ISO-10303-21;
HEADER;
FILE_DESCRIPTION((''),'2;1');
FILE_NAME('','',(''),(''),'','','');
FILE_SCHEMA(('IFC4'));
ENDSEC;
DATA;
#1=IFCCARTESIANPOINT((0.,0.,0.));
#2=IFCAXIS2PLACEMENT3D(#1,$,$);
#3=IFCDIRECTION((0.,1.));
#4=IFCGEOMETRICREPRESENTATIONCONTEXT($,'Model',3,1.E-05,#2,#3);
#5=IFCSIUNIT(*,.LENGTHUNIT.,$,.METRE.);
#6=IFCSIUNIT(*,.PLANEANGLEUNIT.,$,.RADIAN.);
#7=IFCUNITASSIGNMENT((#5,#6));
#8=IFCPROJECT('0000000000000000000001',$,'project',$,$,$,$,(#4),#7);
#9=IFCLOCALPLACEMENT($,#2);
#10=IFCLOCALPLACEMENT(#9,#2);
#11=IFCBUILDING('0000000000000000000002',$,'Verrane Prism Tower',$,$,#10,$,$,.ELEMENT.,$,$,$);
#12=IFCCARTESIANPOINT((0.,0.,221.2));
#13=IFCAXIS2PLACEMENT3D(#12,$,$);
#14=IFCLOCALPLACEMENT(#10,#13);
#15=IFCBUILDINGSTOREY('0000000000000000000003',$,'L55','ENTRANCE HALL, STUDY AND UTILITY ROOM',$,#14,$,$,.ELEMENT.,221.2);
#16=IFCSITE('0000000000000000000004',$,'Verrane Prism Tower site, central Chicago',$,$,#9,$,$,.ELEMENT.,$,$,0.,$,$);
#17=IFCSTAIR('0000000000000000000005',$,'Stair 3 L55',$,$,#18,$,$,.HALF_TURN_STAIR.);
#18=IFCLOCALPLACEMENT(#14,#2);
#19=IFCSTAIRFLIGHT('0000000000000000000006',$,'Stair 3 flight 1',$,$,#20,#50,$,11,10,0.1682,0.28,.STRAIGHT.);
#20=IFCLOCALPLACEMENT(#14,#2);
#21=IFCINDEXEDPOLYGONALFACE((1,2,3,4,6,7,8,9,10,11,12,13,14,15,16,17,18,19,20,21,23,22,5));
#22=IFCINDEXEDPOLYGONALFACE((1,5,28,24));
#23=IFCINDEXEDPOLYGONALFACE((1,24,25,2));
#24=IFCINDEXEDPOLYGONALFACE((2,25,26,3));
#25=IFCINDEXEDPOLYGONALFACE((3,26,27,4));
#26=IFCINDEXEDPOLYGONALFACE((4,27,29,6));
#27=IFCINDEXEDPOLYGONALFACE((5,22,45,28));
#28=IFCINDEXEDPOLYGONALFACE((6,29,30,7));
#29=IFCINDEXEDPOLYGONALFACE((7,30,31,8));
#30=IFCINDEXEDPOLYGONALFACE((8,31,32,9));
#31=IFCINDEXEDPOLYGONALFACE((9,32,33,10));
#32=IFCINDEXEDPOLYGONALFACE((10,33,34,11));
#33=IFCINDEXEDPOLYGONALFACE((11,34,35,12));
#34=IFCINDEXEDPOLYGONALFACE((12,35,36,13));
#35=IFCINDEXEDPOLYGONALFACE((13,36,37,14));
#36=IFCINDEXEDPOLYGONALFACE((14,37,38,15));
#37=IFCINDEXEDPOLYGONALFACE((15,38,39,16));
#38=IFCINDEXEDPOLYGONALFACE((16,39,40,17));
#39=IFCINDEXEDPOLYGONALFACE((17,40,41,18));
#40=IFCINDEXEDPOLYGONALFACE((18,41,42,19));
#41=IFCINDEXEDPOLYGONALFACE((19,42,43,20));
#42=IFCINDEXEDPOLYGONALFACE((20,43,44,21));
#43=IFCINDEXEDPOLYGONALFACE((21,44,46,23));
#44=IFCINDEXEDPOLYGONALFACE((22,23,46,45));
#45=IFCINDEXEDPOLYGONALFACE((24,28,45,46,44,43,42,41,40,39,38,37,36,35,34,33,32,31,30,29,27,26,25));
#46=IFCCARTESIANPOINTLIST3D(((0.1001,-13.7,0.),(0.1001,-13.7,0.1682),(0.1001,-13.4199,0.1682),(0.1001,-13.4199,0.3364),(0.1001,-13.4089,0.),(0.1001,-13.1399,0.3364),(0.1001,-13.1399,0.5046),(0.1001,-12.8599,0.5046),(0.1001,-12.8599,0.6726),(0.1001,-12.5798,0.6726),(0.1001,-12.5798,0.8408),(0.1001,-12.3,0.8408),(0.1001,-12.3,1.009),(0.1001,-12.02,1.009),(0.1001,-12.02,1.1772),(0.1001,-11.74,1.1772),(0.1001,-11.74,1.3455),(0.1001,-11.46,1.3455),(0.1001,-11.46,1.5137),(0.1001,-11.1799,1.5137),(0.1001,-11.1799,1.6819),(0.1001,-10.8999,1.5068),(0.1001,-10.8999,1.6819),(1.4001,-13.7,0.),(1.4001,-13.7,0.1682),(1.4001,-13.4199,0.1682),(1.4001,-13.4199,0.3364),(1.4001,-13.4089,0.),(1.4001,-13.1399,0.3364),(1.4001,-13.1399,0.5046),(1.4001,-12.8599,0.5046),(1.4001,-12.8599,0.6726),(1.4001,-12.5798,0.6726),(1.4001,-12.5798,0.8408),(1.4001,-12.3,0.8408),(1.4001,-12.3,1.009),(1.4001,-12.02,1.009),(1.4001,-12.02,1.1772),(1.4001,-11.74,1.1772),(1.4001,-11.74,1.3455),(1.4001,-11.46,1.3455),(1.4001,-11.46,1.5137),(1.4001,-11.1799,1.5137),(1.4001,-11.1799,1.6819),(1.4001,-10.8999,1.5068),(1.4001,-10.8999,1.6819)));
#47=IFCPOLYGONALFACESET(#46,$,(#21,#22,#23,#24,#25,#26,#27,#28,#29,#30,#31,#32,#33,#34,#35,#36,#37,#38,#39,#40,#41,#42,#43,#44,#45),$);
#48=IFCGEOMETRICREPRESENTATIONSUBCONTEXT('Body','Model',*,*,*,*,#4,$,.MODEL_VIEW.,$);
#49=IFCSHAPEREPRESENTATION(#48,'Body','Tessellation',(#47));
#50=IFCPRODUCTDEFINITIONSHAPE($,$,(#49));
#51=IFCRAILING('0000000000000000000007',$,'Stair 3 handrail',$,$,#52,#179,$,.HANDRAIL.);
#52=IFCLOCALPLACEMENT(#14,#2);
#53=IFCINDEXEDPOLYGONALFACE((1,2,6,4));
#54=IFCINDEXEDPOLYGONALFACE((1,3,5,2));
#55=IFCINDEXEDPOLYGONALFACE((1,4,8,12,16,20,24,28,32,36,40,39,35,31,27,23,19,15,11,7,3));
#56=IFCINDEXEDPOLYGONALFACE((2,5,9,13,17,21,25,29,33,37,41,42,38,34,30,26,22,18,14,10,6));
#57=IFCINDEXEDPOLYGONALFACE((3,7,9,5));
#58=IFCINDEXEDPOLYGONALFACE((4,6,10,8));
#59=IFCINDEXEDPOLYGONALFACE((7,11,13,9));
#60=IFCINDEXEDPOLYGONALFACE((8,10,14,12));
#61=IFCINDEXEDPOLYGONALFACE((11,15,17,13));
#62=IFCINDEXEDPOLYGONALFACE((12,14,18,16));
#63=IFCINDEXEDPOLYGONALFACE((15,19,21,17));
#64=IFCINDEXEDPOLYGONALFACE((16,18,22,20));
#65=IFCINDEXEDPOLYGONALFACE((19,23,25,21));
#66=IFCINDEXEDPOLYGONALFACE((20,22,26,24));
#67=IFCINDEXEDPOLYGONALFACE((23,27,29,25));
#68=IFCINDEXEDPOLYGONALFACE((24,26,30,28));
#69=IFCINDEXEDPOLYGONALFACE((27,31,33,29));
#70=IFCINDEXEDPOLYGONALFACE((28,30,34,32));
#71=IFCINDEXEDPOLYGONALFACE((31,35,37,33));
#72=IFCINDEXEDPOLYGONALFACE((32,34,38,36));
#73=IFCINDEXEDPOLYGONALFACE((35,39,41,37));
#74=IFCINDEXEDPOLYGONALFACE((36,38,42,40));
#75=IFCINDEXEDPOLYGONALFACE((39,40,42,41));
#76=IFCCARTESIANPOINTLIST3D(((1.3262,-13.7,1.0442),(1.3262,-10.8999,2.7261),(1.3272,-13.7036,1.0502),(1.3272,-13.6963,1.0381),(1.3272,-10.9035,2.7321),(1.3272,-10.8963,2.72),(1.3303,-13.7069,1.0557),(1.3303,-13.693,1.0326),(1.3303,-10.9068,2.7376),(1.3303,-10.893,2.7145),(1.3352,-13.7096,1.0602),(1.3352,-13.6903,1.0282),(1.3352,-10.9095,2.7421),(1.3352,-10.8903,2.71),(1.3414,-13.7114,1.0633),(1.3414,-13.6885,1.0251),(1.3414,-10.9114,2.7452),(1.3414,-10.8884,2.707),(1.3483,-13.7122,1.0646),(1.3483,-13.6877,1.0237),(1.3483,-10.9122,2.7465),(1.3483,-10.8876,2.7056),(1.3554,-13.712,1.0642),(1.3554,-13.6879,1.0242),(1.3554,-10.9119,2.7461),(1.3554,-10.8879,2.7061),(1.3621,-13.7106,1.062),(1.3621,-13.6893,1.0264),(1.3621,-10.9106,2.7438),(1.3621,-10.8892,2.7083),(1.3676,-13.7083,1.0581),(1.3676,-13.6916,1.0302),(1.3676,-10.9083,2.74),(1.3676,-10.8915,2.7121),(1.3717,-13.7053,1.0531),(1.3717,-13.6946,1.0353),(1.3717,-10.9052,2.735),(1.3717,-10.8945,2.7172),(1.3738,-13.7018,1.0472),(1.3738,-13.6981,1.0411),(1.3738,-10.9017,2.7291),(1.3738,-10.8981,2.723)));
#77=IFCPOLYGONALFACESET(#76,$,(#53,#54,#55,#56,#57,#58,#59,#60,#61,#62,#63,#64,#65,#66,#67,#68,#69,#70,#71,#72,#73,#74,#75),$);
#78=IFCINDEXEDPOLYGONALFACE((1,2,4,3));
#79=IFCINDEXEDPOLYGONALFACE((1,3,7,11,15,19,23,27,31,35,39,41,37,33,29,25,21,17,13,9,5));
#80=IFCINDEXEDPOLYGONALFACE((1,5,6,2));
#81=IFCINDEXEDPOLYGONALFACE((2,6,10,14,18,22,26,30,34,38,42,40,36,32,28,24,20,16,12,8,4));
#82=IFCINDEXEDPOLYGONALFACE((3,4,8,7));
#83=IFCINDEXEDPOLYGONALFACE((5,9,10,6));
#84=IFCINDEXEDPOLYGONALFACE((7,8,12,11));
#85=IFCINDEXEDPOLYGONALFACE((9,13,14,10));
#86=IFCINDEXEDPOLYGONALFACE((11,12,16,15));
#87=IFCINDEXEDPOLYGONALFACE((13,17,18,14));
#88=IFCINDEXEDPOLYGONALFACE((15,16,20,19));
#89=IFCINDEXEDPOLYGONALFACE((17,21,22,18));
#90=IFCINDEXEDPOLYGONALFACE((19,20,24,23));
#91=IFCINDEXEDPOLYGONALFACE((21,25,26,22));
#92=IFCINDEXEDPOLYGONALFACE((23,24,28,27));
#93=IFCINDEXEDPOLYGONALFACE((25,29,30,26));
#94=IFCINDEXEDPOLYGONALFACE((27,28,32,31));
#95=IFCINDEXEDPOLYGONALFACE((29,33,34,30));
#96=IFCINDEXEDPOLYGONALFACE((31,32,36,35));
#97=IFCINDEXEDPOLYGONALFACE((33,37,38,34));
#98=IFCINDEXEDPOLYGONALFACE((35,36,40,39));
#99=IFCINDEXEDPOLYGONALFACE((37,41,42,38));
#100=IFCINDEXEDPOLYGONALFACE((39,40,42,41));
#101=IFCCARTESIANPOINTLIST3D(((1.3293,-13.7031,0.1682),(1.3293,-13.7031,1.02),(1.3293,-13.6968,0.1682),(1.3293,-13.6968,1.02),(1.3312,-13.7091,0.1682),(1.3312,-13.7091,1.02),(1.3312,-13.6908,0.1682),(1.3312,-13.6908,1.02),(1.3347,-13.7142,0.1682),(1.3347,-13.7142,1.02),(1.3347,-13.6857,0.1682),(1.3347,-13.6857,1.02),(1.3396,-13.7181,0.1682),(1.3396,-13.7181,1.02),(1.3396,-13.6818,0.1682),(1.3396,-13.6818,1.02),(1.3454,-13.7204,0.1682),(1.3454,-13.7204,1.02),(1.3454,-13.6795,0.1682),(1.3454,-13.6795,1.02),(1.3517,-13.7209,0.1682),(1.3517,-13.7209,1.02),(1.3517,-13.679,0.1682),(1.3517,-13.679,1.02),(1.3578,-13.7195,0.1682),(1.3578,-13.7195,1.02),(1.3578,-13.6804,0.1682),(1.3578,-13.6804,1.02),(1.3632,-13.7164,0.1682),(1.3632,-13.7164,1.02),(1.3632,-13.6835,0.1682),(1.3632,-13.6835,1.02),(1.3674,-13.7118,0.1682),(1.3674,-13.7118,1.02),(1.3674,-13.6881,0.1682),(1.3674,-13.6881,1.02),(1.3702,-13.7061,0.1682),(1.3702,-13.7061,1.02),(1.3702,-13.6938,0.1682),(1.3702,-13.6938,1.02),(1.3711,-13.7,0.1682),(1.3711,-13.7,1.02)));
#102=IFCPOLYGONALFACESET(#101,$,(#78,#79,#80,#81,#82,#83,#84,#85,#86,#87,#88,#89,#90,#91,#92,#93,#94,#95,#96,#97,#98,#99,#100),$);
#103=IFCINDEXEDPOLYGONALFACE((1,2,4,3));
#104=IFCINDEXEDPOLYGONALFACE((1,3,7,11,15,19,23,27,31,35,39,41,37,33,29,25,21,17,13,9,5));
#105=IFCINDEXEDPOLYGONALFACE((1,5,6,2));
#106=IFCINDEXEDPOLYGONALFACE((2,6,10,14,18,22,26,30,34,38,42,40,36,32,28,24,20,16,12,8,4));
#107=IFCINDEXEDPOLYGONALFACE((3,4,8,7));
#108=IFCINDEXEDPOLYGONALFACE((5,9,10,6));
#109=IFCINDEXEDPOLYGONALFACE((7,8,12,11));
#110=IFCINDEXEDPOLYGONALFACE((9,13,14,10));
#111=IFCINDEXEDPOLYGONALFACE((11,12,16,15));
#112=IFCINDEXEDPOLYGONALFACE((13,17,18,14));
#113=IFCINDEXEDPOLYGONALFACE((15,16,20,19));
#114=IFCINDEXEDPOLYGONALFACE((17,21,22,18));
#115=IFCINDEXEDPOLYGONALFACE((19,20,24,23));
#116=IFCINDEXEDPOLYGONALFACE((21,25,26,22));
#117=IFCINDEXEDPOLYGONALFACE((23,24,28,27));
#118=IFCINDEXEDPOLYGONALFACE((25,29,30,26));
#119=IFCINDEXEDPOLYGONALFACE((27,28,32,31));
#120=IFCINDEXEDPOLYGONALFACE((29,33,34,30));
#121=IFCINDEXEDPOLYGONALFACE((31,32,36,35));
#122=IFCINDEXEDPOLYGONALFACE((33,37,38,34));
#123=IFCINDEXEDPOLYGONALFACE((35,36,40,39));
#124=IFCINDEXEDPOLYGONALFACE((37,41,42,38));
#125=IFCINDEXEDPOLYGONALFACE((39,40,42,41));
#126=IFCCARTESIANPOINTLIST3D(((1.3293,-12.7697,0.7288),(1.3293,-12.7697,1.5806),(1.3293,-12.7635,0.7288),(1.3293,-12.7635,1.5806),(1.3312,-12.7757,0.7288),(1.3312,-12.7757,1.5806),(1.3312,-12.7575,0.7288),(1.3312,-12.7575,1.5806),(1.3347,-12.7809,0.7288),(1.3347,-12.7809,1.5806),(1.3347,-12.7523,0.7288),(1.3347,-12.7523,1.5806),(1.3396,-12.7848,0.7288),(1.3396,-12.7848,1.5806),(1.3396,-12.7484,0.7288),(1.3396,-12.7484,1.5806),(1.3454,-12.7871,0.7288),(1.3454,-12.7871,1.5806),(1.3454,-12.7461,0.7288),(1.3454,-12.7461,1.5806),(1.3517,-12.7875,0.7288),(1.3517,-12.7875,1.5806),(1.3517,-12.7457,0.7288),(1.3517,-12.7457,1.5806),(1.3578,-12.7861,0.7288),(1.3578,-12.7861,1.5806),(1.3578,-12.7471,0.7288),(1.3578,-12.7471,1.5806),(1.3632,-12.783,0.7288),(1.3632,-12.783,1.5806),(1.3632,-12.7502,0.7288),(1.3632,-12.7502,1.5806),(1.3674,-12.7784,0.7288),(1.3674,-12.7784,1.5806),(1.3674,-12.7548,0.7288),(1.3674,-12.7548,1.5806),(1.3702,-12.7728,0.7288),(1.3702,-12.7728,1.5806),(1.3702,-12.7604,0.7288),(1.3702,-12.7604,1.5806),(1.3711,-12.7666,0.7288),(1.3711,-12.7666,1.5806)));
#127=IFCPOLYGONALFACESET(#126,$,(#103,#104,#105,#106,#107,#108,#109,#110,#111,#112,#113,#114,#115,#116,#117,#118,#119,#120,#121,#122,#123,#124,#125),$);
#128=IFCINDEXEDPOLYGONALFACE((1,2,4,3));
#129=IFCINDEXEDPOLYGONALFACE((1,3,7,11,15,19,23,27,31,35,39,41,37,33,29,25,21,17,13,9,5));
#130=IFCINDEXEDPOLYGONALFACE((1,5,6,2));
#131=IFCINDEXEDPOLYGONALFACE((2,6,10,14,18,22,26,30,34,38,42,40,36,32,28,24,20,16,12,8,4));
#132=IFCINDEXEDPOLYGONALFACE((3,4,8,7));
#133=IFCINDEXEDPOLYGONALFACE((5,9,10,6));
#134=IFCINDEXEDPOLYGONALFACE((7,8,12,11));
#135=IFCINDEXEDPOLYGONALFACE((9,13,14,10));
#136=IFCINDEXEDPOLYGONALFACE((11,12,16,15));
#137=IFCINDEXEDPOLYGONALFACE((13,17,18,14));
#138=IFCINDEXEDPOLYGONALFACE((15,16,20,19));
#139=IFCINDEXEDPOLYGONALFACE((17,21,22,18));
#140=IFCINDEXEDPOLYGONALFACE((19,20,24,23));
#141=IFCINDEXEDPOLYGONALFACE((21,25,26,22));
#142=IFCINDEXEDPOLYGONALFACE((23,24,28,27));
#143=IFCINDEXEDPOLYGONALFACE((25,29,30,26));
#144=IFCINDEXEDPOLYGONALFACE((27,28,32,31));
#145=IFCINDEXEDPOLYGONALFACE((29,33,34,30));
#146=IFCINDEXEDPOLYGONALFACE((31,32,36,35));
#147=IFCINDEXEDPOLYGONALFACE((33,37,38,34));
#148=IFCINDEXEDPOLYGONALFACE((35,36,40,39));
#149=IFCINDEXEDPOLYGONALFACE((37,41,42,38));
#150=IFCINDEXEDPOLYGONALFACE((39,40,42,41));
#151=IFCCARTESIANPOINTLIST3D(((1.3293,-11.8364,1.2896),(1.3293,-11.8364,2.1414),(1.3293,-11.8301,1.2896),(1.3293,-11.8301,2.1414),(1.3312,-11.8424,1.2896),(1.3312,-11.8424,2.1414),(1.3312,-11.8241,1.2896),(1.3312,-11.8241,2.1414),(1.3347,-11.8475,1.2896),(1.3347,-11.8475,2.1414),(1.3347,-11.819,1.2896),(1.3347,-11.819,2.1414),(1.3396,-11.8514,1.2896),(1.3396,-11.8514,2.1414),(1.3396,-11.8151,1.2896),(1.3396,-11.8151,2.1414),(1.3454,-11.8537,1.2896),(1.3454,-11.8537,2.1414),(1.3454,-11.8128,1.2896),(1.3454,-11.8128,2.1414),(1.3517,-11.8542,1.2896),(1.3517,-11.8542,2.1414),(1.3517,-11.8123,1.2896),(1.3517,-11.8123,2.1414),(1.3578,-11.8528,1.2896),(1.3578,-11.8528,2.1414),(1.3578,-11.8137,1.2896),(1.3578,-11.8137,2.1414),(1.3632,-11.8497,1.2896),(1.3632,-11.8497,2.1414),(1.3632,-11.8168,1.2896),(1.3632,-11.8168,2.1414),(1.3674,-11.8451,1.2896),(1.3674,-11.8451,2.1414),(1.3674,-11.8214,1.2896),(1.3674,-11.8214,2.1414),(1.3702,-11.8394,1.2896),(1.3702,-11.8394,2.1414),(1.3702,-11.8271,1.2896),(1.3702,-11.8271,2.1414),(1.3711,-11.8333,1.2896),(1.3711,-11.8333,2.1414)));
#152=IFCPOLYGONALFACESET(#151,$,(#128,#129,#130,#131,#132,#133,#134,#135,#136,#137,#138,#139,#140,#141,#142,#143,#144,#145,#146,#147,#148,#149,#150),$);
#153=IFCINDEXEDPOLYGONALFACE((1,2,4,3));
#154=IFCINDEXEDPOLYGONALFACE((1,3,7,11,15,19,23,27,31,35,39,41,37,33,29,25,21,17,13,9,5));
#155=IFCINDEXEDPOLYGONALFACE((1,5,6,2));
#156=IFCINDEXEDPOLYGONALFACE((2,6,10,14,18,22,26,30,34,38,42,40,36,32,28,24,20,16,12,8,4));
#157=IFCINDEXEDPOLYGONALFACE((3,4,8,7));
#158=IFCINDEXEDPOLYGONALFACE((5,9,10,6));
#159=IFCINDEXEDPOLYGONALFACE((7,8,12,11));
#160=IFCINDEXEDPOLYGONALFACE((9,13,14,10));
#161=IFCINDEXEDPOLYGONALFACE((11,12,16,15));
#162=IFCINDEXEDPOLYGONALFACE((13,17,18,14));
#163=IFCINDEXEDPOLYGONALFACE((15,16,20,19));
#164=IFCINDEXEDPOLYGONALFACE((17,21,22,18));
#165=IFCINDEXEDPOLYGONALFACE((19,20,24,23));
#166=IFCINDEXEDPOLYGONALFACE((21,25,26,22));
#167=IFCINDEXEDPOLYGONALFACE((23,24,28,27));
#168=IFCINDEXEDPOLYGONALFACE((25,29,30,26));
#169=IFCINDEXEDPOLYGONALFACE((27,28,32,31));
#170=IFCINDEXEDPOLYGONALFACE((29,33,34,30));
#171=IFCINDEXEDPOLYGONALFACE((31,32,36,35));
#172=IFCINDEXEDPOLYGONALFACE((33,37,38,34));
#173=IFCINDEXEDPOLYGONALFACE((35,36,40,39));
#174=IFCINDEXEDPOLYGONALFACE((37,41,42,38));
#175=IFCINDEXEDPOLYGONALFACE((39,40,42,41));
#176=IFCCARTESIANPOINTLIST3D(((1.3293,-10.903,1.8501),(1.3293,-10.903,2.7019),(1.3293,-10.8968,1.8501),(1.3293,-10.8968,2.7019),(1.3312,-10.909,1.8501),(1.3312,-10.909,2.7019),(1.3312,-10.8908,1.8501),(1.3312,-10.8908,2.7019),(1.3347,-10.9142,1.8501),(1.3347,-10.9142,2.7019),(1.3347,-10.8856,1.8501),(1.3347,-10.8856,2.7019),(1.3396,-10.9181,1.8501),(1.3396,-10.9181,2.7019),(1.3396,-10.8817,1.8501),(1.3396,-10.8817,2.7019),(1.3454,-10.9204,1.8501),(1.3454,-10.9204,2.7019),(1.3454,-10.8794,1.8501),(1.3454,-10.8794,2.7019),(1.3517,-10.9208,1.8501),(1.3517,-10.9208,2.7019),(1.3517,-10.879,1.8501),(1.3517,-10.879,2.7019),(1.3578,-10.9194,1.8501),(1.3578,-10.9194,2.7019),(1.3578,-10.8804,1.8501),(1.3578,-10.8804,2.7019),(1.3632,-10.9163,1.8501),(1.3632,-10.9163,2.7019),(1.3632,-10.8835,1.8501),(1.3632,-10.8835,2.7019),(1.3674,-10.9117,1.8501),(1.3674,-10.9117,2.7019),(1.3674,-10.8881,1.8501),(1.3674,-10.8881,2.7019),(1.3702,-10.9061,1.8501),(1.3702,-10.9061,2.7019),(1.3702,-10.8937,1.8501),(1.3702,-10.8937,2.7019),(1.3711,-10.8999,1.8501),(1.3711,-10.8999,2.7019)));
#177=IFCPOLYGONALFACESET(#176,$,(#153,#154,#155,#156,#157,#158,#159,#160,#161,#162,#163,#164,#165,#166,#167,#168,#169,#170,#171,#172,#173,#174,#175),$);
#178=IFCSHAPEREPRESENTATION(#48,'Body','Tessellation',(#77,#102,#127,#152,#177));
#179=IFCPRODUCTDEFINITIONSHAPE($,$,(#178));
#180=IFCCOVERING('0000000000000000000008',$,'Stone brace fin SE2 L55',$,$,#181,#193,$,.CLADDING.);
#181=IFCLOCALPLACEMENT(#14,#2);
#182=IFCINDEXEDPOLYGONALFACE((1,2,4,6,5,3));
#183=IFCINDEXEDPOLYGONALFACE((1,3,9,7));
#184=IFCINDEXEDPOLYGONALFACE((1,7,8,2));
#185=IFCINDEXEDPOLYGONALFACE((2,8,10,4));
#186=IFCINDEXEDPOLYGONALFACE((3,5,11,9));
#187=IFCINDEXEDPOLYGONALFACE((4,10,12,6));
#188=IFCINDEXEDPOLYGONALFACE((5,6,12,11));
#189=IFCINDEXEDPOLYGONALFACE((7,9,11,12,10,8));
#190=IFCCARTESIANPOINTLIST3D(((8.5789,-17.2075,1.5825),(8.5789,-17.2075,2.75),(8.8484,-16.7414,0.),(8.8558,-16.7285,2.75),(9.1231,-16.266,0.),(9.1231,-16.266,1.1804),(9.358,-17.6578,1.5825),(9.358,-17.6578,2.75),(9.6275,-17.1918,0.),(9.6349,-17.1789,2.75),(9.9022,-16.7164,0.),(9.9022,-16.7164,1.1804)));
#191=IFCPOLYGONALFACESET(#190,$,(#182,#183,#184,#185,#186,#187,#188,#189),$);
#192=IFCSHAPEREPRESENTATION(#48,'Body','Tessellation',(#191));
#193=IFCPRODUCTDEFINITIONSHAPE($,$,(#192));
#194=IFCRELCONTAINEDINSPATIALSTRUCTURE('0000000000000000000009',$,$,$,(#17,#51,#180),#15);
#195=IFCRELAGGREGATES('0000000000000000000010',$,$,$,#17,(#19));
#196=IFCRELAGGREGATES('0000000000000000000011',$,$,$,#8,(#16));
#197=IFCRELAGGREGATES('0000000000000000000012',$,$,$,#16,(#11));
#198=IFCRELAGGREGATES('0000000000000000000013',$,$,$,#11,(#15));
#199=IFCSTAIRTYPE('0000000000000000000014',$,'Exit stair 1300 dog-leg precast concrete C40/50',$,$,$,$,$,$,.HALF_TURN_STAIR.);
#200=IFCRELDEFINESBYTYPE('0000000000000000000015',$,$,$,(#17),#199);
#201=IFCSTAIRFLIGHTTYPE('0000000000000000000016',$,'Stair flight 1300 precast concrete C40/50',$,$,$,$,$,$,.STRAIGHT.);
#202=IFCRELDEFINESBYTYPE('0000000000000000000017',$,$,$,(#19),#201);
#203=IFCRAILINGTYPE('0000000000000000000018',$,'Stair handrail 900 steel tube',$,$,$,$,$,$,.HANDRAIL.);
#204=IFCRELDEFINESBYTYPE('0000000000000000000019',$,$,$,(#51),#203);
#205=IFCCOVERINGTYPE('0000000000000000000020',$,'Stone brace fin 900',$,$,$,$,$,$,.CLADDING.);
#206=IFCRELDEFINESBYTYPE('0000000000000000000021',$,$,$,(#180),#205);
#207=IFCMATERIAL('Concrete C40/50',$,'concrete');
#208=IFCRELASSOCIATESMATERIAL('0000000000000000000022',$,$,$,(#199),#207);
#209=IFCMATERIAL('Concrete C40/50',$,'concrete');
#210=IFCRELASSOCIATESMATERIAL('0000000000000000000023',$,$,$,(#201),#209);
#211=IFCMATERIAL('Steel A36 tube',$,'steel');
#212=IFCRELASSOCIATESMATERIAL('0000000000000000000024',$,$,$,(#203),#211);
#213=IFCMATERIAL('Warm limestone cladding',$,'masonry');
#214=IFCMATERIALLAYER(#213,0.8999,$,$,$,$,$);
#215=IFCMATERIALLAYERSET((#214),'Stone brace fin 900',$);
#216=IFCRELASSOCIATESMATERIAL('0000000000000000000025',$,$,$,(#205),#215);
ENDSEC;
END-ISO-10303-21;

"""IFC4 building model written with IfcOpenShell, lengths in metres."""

from ifc_helpers import new_model, si_unit, direction, frame, origin, origin_2d, place, context, subcontext, project, spatial, polyline, circle, outline, extrude, material, layer, layer_set, type_object, element, aggregate, save


model = new_model("IFC4")

# Units and contexts
model_context = context("Model", 3, precision=1e-05, world=origin(), true_north=direction((0.0, 1.0)))
body_context = subcontext(model_context, "Body", "Model", "MODEL_VIEW")
ifc_project = project(units=[si_unit("LENGTHUNIT", "METRE"), si_unit("PLANEANGLEUNIT", "RADIAN")], contexts=[model_context])

# Site, building, storey
site_placement = place(None, origin())
site = spatial("IfcSite", under=ifc_project, at=site_placement, Name="Verrane Prism Tower site, central Chicago", CompositionType="ELEMENT", RefElevation=0.0)
building_placement = place(site_placement, origin())
building = spatial("IfcBuilding", under=site, at=building_placement, Name="Verrane Prism Tower", CompositionType="ELEMENT")
storey_placement = place(building_placement, frame((0.0, 0.0, 221.2)))
storey = spatial("IfcBuildingStorey", under=building, at=storey_placement, Name="L55", Description="ENTRANCE HALL, STUDY AND UTILITY ROOM", CompositionType="ELEMENT", Elevation=221.2)

# Stair, stair flight
ifc_material_1 = material(Name="Concrete C40/50", Category="concrete")
stair_type = type_object("IfcStairType", Name="Exit stair 1300 dog-leg precast concrete C40/50", PredefinedType="HALF_TURN_STAIR", material=ifc_material_1)
stair_placement = place(storey_placement, origin())
stair = element("IfcStair", 1, at=stair_placement, inside=storey, type_object=stair_type, Name="Stair 3 L55", PredefinedType="HALF_TURN_STAIR")
ifc_material_2 = material(Name="Concrete C40/50", Category="concrete")
stair_flight_type = type_object("IfcStairFlightType", Name="Stair flight 1300 precast concrete C40/50", PredefinedType="STRAIGHT", material=ifc_material_2)
stair_flight_placement = place(storey_placement, frame((0.75, -13.7, 0.0), z_axis=(0.0, 0.0, 1.0), x_axis=(0.0, 1.0, 0.0)))
stair_flight = element("IfcStairFlight", 2, at=stair_flight_placement, type_object=stair_flight_type, Name="Stair 3 flight 1", NumberOfRisers=11, NumberOfTreads=10, PredefinedType="STRAIGHT", RiserHeight=0.1682, TreadLength=0.28, context=body_context, shape_type="SweptSolid", body=[
    extrude(outline(polyline([(0.0, 0.0), (0.0, 0.1682), (0.28, 0.1682), (0.28, 0.3364), (0.5601, 0.3364), (0.5601, 0.5046), (0.8401, 0.5046), (0.8401, 0.6726), (1.1201, 0.6726), (1.1201, 0.8408), (1.3999, 0.8408), (1.3999, 1.009), (1.6799, 1.009), (1.6799, 1.1772), (1.96, 1.1772), (1.96, 1.3455), (2.24, 1.3455), (2.24, 1.5137), (2.52, 1.5137), (2.52, 1.6819), (2.8, 1.6819), (2.8, 1.8501), (2.8, 1.5068), (0.291, 0.0), (0.0, 0.0)])), frame((0.0, 0.6499, 0.0), z_axis=(0.0, -1.0, 0.0), x_axis=(1.0, 0.0, 0.0)), (0.0, 0.0, 1.0), 1.3),
])
aggregate(stair, [stair_flight])

# Railing
ifc_material_3 = material(Name="Steel A36 tube", Category="steel")
railing_type_1 = type_object("IfcRailingType", Name="Stair handrail 900 steel tube", PredefinedType="HANDRAIL", material=ifc_material_3)
railing_1_placement = place(storey_placement, frame((1.3501, -13.7, 0.1682)))
element("IfcRailing", 3, at=railing_1_placement, inside=storey, type_object=railing_type_1, Name="Stair 3 handrail", PredefinedType="HANDRAIL", context=body_context, shape_type="SweptSolid", body=[
    extrude(circle(Radius=0.0239, at=origin_2d()), frame((0.0, 0.0, 0.876), z_axis=(0.0, 0.857242, 0.514913), x_axis=(-1.0, 0.0, 0.0)), (0.0, 0.0, 1.0), 3.2664),
    extrude(circle(Radius=0.021, at=origin_2d()), origin(), (0.0, 0.0, 1.0), 0.8518),
    extrude(circle(Radius=0.021, at=origin_2d()), frame((0.0, 0.9333, 0.5605)), (0.0, 0.0, 1.0), 0.8518),
    extrude(circle(Radius=0.021, at=origin_2d()), frame((0.0, 1.8667, 1.1213)), (0.0, 0.0, 1.0), 0.8518),
    extrude(circle(Radius=0.021, at=origin_2d()), frame((0.0, 2.8, 1.6819)), (0.0, 0.0, 1.0), 0.8518),
])

# Covering
ifc_material_4 = material(Name="Warm limestone cladding", Category="masonry")
ifc_layer_1 = layer(ifc_material_4, 0.8999)
ifc_layer_set_1 = layer_set([ifc_layer_1], Name="Stone brace fin 900")
covering_type = type_object("IfcCoveringType", Name="Stone brace fin 900", PredefinedType="CLADDING", material=ifc_layer_set_1)
covering_placement = place(storey_placement, frame((9.5127, -16.4912, 0.0), z_axis=(0.0, 0.0, 1.0), x_axis=(-0.500461, -0.865759, 0.0)))
element("IfcCovering", 4, at=covering_placement, inside=storey, type_object=covering_type, Name="Stone brace fin SE2 L55", PredefinedType="CLADDING", context=body_context, shape_type="SweptSolid", body=[
    extrude(outline(polyline([(1.0874, 2.75), (0.5342, 2.75), (0.0, 1.1804), (0.0, 0.0), (0.5491, 0.0), (1.0874, 1.5825), (1.0874, 2.75)])), frame((0.0, 0.45, 0.0), z_axis=(0.0, -1.0, 0.0), x_axis=(1.0, 0.0, 0.0)), (0.0, 0.0, 1.0), 0.8999),
])

save(model, "model.ifc")
